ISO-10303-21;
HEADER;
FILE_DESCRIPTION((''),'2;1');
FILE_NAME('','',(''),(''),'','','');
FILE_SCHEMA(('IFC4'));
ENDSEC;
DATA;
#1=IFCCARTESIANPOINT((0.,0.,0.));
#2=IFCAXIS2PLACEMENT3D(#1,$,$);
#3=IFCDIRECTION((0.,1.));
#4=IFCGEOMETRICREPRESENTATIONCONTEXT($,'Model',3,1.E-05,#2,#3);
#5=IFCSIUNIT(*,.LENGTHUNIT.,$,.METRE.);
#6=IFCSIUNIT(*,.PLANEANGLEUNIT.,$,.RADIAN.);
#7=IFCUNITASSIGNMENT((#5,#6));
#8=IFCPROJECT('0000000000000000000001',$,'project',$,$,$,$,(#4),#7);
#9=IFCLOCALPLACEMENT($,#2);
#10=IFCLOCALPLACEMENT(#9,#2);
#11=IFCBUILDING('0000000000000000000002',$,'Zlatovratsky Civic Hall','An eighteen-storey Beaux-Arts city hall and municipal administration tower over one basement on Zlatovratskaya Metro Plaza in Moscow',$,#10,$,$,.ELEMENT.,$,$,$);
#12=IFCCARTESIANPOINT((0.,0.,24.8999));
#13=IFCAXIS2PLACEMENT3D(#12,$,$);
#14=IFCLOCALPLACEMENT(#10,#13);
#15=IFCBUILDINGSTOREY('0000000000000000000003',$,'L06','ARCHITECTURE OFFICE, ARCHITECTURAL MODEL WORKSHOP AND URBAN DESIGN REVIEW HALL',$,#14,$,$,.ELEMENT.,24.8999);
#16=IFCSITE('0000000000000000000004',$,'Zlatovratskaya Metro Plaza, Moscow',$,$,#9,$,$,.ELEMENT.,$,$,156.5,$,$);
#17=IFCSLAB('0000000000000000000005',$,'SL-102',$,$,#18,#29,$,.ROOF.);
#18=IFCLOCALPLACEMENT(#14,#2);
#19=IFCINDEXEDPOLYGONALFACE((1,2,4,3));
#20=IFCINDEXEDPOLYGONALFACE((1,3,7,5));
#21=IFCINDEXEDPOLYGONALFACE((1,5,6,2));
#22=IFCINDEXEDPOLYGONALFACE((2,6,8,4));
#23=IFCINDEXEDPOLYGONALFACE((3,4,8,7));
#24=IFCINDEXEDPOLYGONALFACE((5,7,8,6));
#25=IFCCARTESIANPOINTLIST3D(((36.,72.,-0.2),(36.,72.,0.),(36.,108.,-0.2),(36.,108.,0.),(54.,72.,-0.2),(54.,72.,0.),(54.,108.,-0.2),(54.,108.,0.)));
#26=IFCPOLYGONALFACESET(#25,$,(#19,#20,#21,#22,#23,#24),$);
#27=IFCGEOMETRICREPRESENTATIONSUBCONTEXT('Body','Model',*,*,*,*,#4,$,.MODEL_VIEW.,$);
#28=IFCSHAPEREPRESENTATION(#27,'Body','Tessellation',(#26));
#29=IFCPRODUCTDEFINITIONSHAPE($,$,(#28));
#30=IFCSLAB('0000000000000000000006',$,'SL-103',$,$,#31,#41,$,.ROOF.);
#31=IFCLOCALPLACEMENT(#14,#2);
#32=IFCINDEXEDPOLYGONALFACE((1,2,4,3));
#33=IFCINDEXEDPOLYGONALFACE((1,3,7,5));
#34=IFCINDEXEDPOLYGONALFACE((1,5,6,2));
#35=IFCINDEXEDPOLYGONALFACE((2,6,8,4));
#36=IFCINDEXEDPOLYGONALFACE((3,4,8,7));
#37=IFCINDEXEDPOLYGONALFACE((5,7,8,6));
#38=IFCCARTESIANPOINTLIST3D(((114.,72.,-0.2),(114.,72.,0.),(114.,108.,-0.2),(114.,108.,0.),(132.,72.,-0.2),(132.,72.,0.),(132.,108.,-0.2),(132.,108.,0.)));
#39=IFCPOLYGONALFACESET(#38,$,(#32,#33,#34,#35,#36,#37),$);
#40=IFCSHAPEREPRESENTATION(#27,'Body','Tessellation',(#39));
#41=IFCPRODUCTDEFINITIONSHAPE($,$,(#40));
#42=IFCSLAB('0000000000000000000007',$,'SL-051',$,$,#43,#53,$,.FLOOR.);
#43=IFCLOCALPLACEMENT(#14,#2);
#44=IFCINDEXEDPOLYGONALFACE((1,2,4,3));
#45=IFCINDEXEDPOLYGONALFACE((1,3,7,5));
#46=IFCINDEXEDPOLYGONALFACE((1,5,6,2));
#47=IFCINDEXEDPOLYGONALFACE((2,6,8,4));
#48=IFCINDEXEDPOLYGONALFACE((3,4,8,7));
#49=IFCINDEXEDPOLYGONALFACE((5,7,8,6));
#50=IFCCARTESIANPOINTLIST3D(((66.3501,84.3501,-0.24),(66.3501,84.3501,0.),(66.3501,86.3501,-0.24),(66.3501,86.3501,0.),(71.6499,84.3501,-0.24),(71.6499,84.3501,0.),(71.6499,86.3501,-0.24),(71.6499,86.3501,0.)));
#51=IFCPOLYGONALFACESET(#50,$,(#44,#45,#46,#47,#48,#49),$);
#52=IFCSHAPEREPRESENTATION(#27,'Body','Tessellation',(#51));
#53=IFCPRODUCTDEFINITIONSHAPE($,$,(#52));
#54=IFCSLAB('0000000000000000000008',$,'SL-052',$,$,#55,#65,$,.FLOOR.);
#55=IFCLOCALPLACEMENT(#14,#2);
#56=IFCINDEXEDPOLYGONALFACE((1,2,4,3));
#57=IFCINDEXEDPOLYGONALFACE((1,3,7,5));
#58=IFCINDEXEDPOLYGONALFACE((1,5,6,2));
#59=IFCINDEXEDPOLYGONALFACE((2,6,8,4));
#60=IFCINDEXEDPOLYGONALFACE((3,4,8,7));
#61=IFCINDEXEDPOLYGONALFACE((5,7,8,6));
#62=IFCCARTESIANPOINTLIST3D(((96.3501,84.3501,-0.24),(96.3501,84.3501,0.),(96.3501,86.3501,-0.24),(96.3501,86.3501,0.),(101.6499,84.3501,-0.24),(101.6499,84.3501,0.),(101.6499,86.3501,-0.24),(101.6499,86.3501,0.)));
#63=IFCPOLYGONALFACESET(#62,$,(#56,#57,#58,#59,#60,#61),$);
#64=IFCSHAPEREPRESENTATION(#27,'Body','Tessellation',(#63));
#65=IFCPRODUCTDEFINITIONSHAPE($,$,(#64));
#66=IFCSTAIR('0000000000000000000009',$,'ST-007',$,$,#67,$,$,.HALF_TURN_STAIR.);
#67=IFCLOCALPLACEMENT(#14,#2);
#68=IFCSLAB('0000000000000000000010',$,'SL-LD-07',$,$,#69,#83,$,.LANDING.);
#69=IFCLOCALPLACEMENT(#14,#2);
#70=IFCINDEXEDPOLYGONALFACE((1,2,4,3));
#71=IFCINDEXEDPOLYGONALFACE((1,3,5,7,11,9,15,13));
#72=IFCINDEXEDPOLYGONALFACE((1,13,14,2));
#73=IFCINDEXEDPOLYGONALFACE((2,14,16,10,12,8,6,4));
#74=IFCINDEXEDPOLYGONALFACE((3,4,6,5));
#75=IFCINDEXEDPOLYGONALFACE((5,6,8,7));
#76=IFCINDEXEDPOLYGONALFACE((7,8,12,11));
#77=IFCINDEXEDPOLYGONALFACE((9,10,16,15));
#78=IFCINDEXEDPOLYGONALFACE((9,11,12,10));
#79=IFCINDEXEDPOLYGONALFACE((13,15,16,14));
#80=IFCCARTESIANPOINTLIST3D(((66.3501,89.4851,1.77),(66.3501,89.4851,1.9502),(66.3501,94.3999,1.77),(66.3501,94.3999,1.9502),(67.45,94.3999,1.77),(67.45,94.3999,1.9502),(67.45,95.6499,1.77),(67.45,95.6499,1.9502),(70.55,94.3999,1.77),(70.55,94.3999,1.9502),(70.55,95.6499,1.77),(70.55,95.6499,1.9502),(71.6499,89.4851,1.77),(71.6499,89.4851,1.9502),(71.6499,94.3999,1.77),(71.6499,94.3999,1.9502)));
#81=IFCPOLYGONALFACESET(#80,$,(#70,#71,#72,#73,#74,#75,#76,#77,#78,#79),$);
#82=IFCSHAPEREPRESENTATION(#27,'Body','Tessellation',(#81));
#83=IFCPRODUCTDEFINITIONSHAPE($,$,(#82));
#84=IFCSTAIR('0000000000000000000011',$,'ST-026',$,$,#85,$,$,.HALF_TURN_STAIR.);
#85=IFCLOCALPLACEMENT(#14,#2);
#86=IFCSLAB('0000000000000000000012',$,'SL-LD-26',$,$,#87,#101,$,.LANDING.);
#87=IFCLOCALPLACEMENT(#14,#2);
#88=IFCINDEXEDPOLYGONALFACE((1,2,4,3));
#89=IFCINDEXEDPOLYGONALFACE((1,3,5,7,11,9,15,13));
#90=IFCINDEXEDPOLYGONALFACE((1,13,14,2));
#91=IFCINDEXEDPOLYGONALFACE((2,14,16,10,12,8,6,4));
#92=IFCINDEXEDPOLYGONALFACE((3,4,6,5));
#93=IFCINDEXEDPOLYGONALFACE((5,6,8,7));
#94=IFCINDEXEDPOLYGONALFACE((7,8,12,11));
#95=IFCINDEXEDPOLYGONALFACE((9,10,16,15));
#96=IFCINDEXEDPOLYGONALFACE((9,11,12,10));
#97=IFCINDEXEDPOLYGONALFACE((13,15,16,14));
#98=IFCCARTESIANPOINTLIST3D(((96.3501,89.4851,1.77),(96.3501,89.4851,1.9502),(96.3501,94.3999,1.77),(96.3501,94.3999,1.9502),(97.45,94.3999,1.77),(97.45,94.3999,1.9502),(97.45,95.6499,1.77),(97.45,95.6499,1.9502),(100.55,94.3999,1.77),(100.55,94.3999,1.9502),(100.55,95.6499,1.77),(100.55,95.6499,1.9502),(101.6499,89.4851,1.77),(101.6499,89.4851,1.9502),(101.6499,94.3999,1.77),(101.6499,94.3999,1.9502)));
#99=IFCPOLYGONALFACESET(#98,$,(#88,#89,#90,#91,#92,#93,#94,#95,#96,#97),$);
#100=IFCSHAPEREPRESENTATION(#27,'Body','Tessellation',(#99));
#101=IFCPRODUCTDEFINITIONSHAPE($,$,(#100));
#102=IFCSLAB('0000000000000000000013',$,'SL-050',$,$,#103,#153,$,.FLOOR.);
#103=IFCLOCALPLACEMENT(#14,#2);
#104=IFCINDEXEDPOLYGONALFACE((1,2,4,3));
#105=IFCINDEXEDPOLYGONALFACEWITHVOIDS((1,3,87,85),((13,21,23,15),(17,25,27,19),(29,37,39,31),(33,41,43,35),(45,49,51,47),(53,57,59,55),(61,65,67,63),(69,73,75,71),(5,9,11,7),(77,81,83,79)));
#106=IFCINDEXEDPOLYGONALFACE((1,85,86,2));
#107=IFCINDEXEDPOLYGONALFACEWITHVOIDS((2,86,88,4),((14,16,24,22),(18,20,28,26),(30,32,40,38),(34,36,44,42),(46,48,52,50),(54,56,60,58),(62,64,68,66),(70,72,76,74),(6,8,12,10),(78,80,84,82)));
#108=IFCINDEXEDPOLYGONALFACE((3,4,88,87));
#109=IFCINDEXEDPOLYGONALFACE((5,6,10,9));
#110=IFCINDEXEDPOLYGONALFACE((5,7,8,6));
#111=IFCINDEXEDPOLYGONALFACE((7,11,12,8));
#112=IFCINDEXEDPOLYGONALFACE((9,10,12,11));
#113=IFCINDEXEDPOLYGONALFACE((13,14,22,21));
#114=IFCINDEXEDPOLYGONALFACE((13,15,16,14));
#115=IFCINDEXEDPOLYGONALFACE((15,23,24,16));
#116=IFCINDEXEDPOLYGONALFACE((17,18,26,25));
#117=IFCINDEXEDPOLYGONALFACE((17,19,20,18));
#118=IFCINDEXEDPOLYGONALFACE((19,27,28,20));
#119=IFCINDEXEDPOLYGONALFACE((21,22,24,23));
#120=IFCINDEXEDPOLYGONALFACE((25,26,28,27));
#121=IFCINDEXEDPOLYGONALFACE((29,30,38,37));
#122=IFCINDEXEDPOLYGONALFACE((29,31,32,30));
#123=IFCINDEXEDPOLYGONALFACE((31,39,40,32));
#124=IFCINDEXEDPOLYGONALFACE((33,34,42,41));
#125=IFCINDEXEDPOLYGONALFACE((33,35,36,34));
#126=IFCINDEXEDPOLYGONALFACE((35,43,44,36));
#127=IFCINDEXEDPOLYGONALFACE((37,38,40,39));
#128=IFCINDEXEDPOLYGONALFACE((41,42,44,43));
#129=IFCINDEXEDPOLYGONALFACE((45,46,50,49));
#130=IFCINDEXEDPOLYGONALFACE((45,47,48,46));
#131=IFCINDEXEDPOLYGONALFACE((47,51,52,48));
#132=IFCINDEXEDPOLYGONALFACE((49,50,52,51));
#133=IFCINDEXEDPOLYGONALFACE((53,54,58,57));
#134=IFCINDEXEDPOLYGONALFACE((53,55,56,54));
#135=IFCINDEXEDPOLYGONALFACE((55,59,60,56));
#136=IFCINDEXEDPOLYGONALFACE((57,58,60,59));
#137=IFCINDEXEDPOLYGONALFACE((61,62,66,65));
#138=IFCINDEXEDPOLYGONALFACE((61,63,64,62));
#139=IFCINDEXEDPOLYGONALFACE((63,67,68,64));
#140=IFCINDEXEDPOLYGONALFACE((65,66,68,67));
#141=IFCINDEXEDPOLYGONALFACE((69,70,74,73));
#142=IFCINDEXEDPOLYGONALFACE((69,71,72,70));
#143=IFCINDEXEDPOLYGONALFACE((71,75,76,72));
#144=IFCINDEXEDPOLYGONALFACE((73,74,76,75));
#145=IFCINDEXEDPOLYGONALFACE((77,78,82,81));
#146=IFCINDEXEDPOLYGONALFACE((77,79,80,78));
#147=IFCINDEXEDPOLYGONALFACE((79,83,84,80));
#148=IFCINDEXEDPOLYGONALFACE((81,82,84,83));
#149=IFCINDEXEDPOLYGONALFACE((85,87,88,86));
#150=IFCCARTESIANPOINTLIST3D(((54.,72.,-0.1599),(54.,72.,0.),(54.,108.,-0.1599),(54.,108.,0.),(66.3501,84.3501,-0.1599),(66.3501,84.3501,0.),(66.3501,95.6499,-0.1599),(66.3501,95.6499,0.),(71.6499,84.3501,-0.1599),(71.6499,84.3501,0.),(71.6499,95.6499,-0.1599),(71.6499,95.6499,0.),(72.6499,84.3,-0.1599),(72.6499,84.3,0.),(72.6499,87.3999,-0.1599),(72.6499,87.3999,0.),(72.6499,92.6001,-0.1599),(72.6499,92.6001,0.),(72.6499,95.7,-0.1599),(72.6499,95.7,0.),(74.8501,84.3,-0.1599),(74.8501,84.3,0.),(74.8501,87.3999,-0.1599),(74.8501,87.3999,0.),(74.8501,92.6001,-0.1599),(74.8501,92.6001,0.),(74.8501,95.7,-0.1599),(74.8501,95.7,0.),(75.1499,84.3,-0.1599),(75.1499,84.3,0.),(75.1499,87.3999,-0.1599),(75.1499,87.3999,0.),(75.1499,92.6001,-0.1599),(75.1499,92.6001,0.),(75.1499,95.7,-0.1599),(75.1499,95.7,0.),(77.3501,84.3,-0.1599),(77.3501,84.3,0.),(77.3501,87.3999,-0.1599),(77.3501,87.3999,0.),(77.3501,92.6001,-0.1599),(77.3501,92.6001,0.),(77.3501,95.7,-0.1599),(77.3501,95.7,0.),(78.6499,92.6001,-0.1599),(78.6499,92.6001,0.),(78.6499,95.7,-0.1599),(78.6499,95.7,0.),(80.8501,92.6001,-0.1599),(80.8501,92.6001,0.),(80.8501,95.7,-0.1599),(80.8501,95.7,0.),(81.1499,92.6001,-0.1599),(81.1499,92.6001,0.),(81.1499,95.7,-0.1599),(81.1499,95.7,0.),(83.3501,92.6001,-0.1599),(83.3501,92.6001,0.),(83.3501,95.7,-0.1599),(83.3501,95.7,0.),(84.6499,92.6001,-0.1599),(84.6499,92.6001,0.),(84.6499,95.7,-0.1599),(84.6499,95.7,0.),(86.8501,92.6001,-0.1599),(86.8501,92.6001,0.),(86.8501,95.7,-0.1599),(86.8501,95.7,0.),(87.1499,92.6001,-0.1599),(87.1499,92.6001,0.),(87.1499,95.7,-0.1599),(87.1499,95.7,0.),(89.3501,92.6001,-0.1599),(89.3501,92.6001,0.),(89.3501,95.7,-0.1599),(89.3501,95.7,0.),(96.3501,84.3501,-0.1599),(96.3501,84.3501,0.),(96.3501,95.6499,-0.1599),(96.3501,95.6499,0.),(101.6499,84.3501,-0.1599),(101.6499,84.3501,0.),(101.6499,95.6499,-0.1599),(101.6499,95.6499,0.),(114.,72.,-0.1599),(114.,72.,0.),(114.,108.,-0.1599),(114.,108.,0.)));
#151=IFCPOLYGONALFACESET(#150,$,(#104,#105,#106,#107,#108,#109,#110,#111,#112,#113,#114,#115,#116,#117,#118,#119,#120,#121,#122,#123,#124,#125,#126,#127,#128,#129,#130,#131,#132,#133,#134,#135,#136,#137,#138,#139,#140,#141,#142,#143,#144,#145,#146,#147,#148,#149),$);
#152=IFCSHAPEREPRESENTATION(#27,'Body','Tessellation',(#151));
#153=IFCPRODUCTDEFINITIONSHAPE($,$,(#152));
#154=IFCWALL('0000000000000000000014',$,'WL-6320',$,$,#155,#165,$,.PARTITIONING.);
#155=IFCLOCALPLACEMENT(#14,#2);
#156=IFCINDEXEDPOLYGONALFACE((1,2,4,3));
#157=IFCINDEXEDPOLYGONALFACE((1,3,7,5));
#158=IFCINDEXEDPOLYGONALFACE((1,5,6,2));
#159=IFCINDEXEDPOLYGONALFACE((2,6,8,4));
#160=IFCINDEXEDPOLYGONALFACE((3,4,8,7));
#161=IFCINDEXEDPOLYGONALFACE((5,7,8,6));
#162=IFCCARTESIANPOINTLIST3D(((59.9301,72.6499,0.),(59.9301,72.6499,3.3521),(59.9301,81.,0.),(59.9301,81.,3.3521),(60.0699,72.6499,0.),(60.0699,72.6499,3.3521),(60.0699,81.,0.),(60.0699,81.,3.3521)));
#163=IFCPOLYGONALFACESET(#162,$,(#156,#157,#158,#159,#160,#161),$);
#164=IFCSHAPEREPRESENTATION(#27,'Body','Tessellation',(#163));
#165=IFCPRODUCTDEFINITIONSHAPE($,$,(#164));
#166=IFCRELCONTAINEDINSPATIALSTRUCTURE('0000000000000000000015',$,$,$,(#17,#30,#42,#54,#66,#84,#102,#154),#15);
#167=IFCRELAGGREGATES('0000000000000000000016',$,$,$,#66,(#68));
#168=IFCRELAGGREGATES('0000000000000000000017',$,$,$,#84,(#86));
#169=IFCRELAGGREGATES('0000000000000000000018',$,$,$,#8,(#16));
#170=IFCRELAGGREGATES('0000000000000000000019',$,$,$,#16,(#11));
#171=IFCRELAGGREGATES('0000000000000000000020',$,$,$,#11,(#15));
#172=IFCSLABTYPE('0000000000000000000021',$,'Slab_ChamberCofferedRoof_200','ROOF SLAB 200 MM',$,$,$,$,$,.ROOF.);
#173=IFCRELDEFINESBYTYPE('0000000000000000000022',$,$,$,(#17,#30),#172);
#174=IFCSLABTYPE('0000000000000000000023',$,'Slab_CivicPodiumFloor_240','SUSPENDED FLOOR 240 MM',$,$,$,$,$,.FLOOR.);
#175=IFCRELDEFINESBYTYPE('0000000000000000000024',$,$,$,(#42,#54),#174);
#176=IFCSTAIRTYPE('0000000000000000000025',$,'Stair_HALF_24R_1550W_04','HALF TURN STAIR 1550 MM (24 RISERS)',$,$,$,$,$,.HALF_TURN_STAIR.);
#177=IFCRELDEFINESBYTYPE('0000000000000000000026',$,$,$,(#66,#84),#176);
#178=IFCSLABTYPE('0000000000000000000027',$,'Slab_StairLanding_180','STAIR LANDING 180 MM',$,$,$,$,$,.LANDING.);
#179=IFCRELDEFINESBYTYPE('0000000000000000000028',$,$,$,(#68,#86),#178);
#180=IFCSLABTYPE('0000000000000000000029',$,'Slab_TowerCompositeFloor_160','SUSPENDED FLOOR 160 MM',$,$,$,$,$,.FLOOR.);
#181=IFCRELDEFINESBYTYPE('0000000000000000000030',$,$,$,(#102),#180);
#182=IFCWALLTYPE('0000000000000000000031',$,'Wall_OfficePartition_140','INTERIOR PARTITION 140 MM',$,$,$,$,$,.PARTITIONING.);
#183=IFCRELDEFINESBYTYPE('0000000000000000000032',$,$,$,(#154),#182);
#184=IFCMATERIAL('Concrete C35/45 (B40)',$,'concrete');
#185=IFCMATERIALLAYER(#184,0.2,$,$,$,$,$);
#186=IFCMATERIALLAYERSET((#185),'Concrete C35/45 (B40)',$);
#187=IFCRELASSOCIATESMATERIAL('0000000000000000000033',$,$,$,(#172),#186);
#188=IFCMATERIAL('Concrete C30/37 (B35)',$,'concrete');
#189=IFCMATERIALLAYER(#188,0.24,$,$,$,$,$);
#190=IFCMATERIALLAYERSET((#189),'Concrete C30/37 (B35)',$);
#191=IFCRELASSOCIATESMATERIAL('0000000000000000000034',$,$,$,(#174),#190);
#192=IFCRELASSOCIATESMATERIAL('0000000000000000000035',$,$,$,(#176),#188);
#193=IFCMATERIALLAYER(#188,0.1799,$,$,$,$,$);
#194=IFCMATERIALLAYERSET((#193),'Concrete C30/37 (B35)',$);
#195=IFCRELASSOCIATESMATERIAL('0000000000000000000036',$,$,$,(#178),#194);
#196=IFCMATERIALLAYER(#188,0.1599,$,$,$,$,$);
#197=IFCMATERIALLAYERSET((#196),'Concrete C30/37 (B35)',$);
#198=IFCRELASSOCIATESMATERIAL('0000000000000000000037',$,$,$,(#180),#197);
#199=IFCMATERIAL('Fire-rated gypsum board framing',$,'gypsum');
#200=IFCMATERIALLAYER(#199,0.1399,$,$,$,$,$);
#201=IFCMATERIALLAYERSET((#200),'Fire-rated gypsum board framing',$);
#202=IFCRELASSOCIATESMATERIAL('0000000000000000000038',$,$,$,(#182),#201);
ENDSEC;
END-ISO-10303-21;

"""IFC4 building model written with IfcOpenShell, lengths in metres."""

from ifc_helpers import new_model, si_unit, direction, frame, frame_2d, origin, place, context, subcontext, project, spatial, polyline, rectangle, outline, extrude, material, layer, layer_set, type_object, element, aggregate, save


model = new_model("IFC4")

# Units and contexts
model_context = context("Model", 3, precision=1e-05, world=origin(), true_north=direction((0.0, 1.0)))
body_context = subcontext(model_context, "Body", "Model", "MODEL_VIEW")
ifc_project = project(units=[si_unit("LENGTHUNIT", "METRE"), si_unit("PLANEANGLEUNIT", "RADIAN")], contexts=[model_context])

# Site, building, storey
site_placement = place(None, origin())
site = spatial("IfcSite", under=ifc_project, at=site_placement, Name="Zlatovratskaya Metro Plaza, Moscow", CompositionType="ELEMENT", RefElevation=156.5)
building_placement = place(site_placement, origin())
building = spatial("IfcBuilding", under=site, at=building_placement, Name="Zlatovratsky Civic Hall", Description="An eighteen-storey Beaux-Arts city hall and municipal administration tower over one basement on Zlatovratskaya Metro Plaza in Moscow", CompositionType="ELEMENT")
storey_placement = place(building_placement, frame((0.0, 0.0, 24.8999)))
storey = spatial("IfcBuildingStorey", under=building, at=storey_placement, Name="L06", Description="ARCHITECTURE OFFICE, ARCHITECTURAL MODEL WORKSHOP AND URBAN DESIGN REVIEW HALL", CompositionType="ELEMENT", Elevation=24.8999)

# Shared definitions
ifc_material_1 = material(Name="Concrete C35/45 (B40)", Category="concrete")

# Slabs
ifc_layer_1 = layer(ifc_material_1, 0.2)
ifc_layer_set_1 = layer_set([ifc_layer_1], Name="Concrete C35/45 (B40)")
slab_type_1 = type_object("IfcSlabType", Name="Slab_ChamberCofferedRoof_200", Description="ROOF SLAB 200 MM", PredefinedType="ROOF", material=ifc_layer_set_1)
slab_1_placement = place(storey_placement, frame((0.0, 0.0, -0.2)))
element("IfcSlab", 1, at=slab_1_placement, inside=storey, type_object=slab_type_1, Name="SL-102", PredefinedType="ROOF", context=body_context, shape_type="SweptSolid", body=[
    extrude(outline(polyline([(36.0, 72.0), (54.0, 72.0), (54.0, 108.0), (36.0, 108.0), (36.0, 72.0)])), origin(), (0.0, 0.0, 1.0), 0.2),
])
slab_2_placement = place(storey_placement, frame((0.0, 0.0, -0.2)))
element("IfcSlab", 2, at=slab_2_placement, inside=storey, type_object=slab_type_1, Name="SL-103", PredefinedType="ROOF", context=body_context, shape_type="SweptSolid", body=[
    extrude(outline(polyline([(114.0, 72.0), (132.0, 72.0), (132.0, 108.0), (114.0, 108.0), (114.0, 72.0)])), origin(), (0.0, 0.0, 1.0), 0.2),
])
ifc_material_2 = material(Name="Concrete C30/37 (B35)", Category="concrete")
ifc_layer_2 = layer(ifc_material_2, 0.24)
ifc_layer_set_2 = layer_set([ifc_layer_2], Name="Concrete C30/37 (B35)")
slab_type_2 = type_object("IfcSlabType", Name="Slab_CivicPodiumFloor_240", Description="SUSPENDED FLOOR 240 MM", PredefinedType="FLOOR", material=ifc_layer_set_2)
slab_3_placement = place(storey_placement, frame((0.0, 0.0, -0.24)))
element("IfcSlab", 3, at=slab_3_placement, inside=storey, type_object=slab_type_2, Name="SL-051", PredefinedType="FLOOR", context=body_context, shape_type="SweptSolid", body=[
    extrude(outline(polyline([(66.3501, 84.3501), (71.6499, 84.3501), (71.6499, 86.3501), (66.3501, 86.3501), (66.3501, 84.3501)])), origin(), (0.0, 0.0, 1.0), 0.24),
])
slab_4_placement = place(storey_placement, frame((0.0, 0.0, -0.24)))
element("IfcSlab", 4, at=slab_4_placement, inside=storey, type_object=slab_type_2, Name="SL-052", PredefinedType="FLOOR", context=body_context, shape_type="SweptSolid", body=[
    extrude(outline(polyline([(96.3501, 84.3501), (101.6499, 84.3501), (101.6499, 86.3501), (96.3501, 86.3501), (96.3501, 84.3501)])), origin(), (0.0, 0.0, 1.0), 0.24),
])

# Stairs, slabs
stair_type = type_object("IfcStairType", Name="Stair_HALF_24R_1550W_04", Description="HALF TURN STAIR 1550 MM (24 RISERS)", PredefinedType="HALF_TURN_STAIR", material=ifc_material_2)
stair_1_placement = place(storey_placement, origin())
stair_1 = element("IfcStair", 5, at=stair_1_placement, inside=storey, type_object=stair_type, Name="ST-007", PredefinedType="HALF_TURN_STAIR")
ifc_layer_3 = layer(ifc_material_2, 0.1799)
ifc_layer_set_3 = layer_set([ifc_layer_3], Name="Concrete C30/37 (B35)")
slab_type_3 = type_object("IfcSlabType", Name="Slab_StairLanding_180", Description="STAIR LANDING 180 MM", PredefinedType="LANDING", material=ifc_layer_set_3)
slab_5_placement = place(storey_placement, frame((0.0, 0.0, 1.77)))
slab_5 = element("IfcSlab", 6, at=slab_5_placement, type_object=slab_type_3, Name="SL-LD-07", PredefinedType="LANDING", context=body_context, shape_type="SweptSolid", body=[
    extrude(outline(polyline([(66.3501, 89.4851), (71.6499, 89.4851), (71.6499, 94.3999), (70.55, 94.3999), (70.55, 95.6499), (67.45, 95.6499), (67.45, 94.3999), (66.3501, 94.3999), (66.3501, 89.4851)])), origin(), (0.0, 0.0, 1.0), 0.1802),
])
aggregate(stair_1, [slab_5])
stair_2_placement = place(storey_placement, origin())
stair_2 = element("IfcStair", 7, at=stair_2_placement, inside=storey, type_object=stair_type, Name="ST-026", PredefinedType="HALF_TURN_STAIR")
slab_6_placement = place(storey_placement, frame((0.0, 0.0, 1.77)))
slab_6 = element("IfcSlab", 8, at=slab_6_placement, type_object=slab_type_3, Name="SL-LD-26", PredefinedType="LANDING", context=body_context, shape_type="SweptSolid", body=[
    extrude(outline(polyline([(96.3501, 89.4851), (101.6499, 89.4851), (101.6499, 94.3999), (100.55, 94.3999), (100.55, 95.6499), (97.45, 95.6499), (97.45, 94.3999), (96.3501, 94.3999), (96.3501, 89.4851)])), origin(), (0.0, 0.0, 1.0), 0.1802),
])
aggregate(stair_2, [slab_6])

# Slab
ifc_layer_4 = layer(ifc_material_2, 0.1599)
ifc_layer_set_4 = layer_set([ifc_layer_4], Name="Concrete C30/37 (B35)")
slab_type_4 = type_object("IfcSlabType", Name="Slab_TowerCompositeFloor_160", Description="SUSPENDED FLOOR 160 MM", PredefinedType="FLOOR", material=ifc_layer_set_4)
slab_7_placement = place(storey_placement, frame((0.0, 0.0, -0.1599)))
element("IfcSlab", 9, at=slab_7_placement, inside=storey, type_object=slab_type_4, Name="SL-050", PredefinedType="FLOOR", context=body_context, shape_type="SweptSolid", body=[
    extrude(outline(polyline([(54.0, 72.0), (114.0, 72.0), (114.0, 108.0), (54.0, 108.0), (54.0, 72.0)]), holes=[polyline([(66.3501, 84.3501), (71.6499, 84.3501), (71.6499, 95.6499), (66.3501, 95.6499), (66.3501, 84.3501)]), polyline([(96.3501, 84.3501), (101.6499, 84.3501), (101.6499, 95.6499), (96.3501, 95.6499), (96.3501, 84.3501)]), polyline([(72.6499, 84.3), (74.8501, 84.3), (74.8501, 87.3999), (72.6499, 87.3999), (72.6499, 84.3)]), polyline([(75.1499, 84.3), (77.3501, 84.3), (77.3501, 87.3999), (75.1499, 87.3999), (75.1499, 84.3)]), polyline([(72.6499, 92.6001), (74.8501, 92.6001), (74.8501, 95.7), (72.6499, 95.7), (72.6499, 92.6001)]), polyline([(75.1499, 92.6001), (77.3501, 92.6001), (77.3501, 95.7), (75.1499, 95.7), (75.1499, 92.6001)]), polyline([(78.6499, 92.6001), (80.8501, 92.6001), (80.8501, 95.7), (78.6499, 95.7), (78.6499, 92.6001)]), polyline([(81.1499, 92.6001), (83.3501, 92.6001), (83.3501, 95.7), (81.1499, 95.7), (81.1499, 92.6001)]), polyline([(84.6499, 92.6001), (86.8501, 92.6001), (86.8501, 95.7), (84.6499, 95.7), (84.6499, 92.6001)]), polyline([(87.1499, 92.6001), (89.3501, 92.6001), (89.3501, 95.7), (87.1499, 95.7), (87.1499, 92.6001)])]), origin(), (0.0, 0.0, 1.0), 0.1599),
])

# Wall
ifc_material_3 = material(Name="Fire-rated gypsum board framing", Category="gypsum")
ifc_layer_5 = layer(ifc_material_3, 0.1399)
ifc_layer_set_5 = layer_set([ifc_layer_5], Name="Fire-rated gypsum board framing")
wall_type_1 = type_object("IfcWallType", Name="Wall_OfficePartition_140", Description="INTERIOR PARTITION 140 MM", PredefinedType="PARTITIONING", material=ifc_layer_set_5)
wall_1_placement = place(storey_placement, frame((60.0, 72.6499, 0.0), z_axis=(0.0, 0.0, 1.0), x_axis=(0.0, 1.0, 0.0)))
element("IfcWall", 10, at=wall_1_placement, inside=storey, type_object=wall_type_1, Name="WL-6320", PredefinedType="PARTITIONING", context=body_context, shape_type="SweptSolid", body=[
    extrude(rectangle(XDim=8.3501, YDim=0.1399, at=frame_2d((4.175, 0.0))), origin(), (0.0, 0.0, 1.0), 3.3521),
])

save(model, "model.ifc")
